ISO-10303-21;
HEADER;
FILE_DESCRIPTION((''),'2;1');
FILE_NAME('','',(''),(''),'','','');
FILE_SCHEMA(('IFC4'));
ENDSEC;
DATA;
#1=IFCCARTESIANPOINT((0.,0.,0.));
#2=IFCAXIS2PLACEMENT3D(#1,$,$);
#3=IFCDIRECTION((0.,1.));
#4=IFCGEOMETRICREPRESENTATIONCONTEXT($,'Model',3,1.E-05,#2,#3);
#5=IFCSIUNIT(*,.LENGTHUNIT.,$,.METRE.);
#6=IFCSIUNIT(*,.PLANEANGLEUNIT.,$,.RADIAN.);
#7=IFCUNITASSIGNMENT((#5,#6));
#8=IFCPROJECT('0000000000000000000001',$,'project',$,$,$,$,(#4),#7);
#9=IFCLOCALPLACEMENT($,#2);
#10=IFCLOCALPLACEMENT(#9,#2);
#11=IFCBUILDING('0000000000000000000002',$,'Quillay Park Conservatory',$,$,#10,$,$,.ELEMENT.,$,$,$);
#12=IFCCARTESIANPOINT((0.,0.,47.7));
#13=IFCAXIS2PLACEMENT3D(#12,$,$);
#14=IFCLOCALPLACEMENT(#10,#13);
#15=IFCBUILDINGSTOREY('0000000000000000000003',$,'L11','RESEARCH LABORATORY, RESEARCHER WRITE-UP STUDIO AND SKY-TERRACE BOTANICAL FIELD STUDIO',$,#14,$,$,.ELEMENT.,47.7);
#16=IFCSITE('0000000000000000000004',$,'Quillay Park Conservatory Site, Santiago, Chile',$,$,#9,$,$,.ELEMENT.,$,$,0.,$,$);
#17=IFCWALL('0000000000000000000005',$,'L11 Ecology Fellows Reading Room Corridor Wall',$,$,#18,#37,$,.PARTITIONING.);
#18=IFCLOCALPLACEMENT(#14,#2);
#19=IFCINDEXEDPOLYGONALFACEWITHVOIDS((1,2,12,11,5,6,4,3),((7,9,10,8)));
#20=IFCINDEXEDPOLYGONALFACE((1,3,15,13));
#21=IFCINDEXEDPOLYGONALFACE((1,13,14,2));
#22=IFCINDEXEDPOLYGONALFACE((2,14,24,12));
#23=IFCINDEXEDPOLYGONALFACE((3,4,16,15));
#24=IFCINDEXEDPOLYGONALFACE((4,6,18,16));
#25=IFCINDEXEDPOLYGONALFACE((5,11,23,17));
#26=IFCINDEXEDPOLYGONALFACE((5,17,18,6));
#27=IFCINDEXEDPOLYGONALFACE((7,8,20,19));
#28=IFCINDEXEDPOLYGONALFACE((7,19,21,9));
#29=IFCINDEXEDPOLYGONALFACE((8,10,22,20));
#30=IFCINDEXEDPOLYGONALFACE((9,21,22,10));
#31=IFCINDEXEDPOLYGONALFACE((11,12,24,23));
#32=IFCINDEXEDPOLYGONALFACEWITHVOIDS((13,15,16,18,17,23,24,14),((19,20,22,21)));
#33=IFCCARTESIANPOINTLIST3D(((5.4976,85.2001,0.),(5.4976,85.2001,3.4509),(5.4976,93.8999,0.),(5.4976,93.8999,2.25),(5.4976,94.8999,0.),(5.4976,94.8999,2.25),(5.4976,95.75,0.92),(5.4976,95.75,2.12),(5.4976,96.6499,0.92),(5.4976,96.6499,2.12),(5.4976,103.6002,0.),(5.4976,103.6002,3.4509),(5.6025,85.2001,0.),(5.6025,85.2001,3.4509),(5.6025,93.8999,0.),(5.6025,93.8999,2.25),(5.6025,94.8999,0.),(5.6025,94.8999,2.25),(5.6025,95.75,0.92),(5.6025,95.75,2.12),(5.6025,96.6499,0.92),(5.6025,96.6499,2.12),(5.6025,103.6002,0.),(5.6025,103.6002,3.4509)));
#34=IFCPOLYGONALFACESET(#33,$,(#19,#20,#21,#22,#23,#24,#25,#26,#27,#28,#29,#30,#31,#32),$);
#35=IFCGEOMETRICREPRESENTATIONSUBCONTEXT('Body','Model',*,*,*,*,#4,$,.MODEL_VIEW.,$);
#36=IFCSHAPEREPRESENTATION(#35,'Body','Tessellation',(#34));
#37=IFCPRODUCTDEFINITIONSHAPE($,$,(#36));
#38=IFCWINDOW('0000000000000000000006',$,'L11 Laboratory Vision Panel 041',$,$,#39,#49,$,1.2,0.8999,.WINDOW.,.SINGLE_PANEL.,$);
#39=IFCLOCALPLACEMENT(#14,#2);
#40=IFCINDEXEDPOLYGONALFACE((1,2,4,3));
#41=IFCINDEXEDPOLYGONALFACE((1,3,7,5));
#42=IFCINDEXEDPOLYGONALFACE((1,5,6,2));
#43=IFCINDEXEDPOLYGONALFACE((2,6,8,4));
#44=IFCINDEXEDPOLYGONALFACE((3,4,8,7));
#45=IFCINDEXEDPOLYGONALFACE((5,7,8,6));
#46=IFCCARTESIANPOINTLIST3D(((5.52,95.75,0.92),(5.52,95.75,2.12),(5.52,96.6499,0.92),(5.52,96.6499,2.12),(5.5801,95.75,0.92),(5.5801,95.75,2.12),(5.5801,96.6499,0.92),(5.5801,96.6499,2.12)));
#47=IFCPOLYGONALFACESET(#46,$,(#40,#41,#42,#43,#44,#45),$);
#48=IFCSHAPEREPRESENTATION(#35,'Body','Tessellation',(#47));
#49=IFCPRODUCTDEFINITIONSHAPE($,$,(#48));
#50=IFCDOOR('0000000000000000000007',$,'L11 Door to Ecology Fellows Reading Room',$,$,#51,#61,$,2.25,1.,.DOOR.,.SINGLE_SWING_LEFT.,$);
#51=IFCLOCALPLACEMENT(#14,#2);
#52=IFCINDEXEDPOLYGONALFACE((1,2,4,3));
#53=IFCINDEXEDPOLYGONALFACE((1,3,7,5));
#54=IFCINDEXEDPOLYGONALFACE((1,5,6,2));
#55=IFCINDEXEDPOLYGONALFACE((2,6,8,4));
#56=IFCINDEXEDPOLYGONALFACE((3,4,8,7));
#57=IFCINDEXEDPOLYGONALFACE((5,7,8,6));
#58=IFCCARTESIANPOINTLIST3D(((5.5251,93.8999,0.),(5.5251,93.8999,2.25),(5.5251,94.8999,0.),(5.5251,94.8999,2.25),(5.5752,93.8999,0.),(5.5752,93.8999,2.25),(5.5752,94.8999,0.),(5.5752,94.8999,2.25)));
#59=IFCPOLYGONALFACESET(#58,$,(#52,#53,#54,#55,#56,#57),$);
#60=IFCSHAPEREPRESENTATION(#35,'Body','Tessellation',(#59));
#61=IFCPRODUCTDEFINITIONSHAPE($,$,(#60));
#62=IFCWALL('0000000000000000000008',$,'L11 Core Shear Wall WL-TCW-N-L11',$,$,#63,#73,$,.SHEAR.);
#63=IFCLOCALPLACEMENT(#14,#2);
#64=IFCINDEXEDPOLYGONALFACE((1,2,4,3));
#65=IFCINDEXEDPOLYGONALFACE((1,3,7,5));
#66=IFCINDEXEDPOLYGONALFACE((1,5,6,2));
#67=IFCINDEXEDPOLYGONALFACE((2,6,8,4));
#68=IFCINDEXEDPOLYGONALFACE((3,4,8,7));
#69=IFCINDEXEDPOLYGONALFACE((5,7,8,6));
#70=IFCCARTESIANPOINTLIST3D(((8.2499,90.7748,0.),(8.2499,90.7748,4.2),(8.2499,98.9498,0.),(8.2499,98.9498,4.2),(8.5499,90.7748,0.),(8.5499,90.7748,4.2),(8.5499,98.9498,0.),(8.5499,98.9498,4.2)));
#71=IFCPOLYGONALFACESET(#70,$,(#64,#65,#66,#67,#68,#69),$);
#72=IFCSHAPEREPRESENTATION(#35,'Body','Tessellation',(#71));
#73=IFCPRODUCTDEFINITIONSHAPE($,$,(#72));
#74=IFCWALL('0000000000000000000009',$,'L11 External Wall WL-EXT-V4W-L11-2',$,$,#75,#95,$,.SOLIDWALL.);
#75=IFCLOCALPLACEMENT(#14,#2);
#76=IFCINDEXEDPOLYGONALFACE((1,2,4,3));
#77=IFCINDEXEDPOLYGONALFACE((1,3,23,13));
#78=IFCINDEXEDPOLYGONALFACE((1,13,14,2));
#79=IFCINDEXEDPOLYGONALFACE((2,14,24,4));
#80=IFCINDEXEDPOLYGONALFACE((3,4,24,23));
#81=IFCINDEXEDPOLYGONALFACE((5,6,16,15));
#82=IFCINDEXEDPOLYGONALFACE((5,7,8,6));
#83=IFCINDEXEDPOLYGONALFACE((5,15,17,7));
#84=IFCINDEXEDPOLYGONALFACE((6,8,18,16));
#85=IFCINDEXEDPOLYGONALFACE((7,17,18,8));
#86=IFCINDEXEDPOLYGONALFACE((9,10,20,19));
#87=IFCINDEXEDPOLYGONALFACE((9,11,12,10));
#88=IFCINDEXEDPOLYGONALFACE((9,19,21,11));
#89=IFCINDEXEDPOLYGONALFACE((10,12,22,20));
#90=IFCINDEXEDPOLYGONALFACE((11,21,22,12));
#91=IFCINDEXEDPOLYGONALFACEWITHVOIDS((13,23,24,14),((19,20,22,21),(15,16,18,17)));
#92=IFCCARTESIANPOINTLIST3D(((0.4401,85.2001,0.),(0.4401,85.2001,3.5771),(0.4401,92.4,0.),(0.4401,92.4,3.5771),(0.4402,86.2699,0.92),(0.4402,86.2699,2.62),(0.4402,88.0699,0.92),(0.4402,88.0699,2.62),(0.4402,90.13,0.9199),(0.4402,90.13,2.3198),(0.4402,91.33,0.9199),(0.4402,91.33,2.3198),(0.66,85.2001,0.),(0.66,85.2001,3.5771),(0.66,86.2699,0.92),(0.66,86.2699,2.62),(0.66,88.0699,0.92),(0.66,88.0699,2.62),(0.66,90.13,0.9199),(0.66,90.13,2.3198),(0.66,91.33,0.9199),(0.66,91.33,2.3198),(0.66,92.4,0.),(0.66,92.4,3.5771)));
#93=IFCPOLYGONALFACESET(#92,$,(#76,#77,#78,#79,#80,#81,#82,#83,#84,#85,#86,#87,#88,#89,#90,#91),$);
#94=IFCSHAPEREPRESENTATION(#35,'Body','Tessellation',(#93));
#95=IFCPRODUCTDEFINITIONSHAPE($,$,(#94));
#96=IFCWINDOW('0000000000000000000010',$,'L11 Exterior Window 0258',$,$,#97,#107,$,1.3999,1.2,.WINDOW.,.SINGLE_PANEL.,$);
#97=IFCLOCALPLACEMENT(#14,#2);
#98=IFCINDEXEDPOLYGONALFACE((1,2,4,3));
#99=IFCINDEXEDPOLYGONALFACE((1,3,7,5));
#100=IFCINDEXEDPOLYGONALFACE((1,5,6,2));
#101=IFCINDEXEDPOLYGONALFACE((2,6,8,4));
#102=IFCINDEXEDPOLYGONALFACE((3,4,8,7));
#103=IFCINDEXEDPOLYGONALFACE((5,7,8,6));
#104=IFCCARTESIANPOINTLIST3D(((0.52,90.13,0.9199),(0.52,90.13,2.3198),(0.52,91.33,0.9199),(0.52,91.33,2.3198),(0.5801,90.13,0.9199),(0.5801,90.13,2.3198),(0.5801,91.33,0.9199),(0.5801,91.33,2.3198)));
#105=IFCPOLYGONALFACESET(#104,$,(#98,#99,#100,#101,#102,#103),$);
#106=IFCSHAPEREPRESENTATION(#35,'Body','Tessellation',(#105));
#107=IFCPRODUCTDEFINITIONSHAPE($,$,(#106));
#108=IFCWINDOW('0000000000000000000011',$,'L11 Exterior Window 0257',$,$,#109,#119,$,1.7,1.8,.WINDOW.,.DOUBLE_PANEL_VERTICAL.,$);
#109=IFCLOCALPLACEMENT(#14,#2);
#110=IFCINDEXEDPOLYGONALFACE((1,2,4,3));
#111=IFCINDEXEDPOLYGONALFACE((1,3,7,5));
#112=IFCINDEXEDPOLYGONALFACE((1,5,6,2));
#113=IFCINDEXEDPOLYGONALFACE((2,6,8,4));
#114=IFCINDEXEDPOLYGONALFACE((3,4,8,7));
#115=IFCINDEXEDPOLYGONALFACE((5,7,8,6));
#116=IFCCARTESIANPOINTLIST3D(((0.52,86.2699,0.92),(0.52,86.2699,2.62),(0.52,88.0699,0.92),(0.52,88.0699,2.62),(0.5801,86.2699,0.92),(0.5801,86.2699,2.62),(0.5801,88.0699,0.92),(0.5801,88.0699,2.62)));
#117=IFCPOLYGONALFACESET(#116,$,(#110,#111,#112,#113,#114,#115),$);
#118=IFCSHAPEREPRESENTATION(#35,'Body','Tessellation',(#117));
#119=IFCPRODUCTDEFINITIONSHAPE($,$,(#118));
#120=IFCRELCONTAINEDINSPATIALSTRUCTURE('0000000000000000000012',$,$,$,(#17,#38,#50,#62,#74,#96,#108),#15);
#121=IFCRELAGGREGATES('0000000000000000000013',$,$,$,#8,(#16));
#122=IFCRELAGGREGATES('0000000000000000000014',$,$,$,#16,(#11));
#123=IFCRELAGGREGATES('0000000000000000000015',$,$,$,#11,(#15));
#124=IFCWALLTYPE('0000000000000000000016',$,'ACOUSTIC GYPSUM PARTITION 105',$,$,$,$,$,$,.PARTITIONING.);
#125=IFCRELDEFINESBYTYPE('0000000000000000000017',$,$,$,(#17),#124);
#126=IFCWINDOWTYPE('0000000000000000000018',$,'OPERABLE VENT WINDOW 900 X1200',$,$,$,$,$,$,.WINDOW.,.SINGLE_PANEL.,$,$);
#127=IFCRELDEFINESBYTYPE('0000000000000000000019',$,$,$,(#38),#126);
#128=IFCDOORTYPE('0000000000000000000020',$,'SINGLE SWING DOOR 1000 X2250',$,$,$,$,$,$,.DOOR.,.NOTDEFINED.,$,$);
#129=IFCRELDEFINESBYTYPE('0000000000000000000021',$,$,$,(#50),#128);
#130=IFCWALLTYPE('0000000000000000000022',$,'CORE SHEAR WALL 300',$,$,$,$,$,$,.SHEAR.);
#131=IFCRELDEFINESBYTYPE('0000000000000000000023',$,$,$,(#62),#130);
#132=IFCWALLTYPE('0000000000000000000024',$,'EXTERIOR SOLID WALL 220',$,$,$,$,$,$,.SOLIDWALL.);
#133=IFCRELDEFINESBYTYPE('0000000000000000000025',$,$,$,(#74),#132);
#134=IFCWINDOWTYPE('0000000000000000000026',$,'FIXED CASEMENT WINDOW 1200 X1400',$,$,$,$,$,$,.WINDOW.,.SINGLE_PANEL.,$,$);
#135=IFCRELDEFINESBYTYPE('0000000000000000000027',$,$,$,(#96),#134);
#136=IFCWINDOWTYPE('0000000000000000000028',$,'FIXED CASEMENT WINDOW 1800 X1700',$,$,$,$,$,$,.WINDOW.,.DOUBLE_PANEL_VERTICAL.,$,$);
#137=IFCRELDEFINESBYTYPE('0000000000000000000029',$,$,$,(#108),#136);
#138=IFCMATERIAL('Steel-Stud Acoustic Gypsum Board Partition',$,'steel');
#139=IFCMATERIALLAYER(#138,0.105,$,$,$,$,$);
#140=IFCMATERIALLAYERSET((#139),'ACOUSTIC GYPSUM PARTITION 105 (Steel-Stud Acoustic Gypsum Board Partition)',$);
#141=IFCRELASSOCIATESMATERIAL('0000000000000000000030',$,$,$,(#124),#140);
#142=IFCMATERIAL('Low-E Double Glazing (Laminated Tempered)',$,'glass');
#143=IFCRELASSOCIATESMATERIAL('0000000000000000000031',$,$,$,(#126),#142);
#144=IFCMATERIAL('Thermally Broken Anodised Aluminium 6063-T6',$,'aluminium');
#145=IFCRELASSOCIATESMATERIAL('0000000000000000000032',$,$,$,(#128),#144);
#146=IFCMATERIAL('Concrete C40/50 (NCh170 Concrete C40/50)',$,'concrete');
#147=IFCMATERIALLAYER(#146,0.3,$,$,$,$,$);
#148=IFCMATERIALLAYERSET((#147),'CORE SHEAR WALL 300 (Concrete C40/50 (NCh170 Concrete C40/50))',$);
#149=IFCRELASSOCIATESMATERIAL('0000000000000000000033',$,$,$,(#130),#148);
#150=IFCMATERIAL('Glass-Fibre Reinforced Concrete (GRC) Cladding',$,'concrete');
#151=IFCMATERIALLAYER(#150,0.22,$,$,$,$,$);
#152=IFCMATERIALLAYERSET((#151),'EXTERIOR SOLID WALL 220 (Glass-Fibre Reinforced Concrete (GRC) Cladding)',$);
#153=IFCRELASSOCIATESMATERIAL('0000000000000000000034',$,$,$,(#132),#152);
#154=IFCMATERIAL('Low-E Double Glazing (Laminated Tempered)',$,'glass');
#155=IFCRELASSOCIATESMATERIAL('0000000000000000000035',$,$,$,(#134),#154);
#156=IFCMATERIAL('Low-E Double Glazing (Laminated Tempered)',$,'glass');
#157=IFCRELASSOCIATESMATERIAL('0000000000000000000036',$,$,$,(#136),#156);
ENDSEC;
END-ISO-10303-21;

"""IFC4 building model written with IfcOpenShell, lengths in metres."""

from ifc_helpers import new_model, si_unit, direction, frame, frame_2d, origin, place, context, subcontext, project, spatial, rectangle, extrude, material, layer, layer_set, type_object, element, fill, save


model = new_model("IFC4")

# Units and contexts
model_context = context("Model", 3, precision=1e-05, world=origin(), true_north=direction((0.0, 1.0)))
body_context = subcontext(model_context, "Body", "Model", "MODEL_VIEW")
ifc_project = project(units=[si_unit("LENGTHUNIT", "METRE"), si_unit("PLANEANGLEUNIT", "RADIAN")], contexts=[model_context])

# Site, building, storey
site_placement = place(None, origin())
site = spatial("IfcSite", under=ifc_project, at=site_placement, Name="Quillay Park Conservatory Site, Santiago, Chile", CompositionType="ELEMENT", RefElevation=0.0)
building_placement = place(site_placement, origin())
building = spatial("IfcBuilding", under=site, at=building_placement, Name="Quillay Park Conservatory", CompositionType="ELEMENT")
storey_placement = place(building_placement, frame((0.0, 0.0, 47.7)))
storey = spatial("IfcBuildingStorey", under=building, at=storey_placement, Name="L11", Description="RESEARCH LABORATORY, RESEARCHER WRITE-UP STUDIO AND SKY-TERRACE BOTANICAL FIELD STUDIO", CompositionType="ELEMENT", Elevation=47.7)

# Wall, openings, window, door
ifc_material_1 = material(Name="Steel-Stud Acoustic Gypsum Board Partition", Category="steel")
ifc_layer_1 = layer(ifc_material_1, 0.105)
ifc_layer_set_1 = layer_set([ifc_layer_1], Name="ACOUSTIC GYPSUM PARTITION 105 (Steel-Stud Acoustic Gypsum Board Partition)")
wall_type_1 = type_object("IfcWallType", Name="ACOUSTIC GYPSUM PARTITION 105", PredefinedType="PARTITIONING", material=ifc_layer_set_1)
wall_1_placement = place(storey_placement, frame((5.55, 85.2, 0.0), z_axis=(0.0, 0.0, 1.0), x_axis=(0.0, 1.0, 0.0)))
wall_1 = element("IfcWall", 1, at=wall_1_placement, inside=storey, type_object=wall_type_1, Name="L11 Ecology Fellows Reading Room Corridor Wall", PredefinedType="PARTITIONING", context=body_context, shape_type="SweptSolid", body=[
    extrude(rectangle(XDim=18.4001, YDim=0.105, at=frame_2d((9.2002, 0.0))), origin(), (0.0, 0.0, 1.0), 3.4509),
])
opening_1_placement = place(wall_1_placement, frame((8.7, 0.0, 0.0)))
opening_1 = element("IfcOpeningElement", 2, at=opening_1_placement, cuts=wall_1, PredefinedType="OPENING", context=body_context, shape_type="SweptSolid", body=[
    extrude(rectangle(XDim=1.0, YDim=2.25, at=frame_2d((0.5, 1.125))), frame((0.0, 0.0525, 0.0), z_axis=(0.0, -1.0, 0.0), x_axis=(1.0, 0.0, 0.0)), (0.0, 0.0, 1.0), 0.105),
])
opening_2_placement = place(wall_1_placement, frame((10.55, 0.0, 0.9199)))
opening_2 = element("IfcOpeningElement", 3, at=opening_2_placement, cuts=wall_1, PredefinedType="OPENING", context=body_context, shape_type="SweptSolid", body=[
    extrude(rectangle(XDim=0.8999, YDim=1.2, at=frame_2d((0.45, 0.6001))), frame((0.0, 0.0525, 0.0), z_axis=(0.0, -1.0, 0.0), x_axis=(1.0, 0.0, 0.0)), (0.0, 0.0, 1.0), 0.105),
])
ifc_material_2 = material(Name="Low-E Double Glazing (Laminated Tempered)", Category="glass")
window_type_1 = type_object("IfcWindowType", Name="OPERABLE VENT WINDOW 900 X1200", PartitioningType="SINGLE_PANEL", PredefinedType="WINDOW", material=ifc_material_2)
window_1_placement = place(opening_2_placement, origin())
window_1 = element("IfcWindow", 4, at=window_1_placement, inside=storey, type_object=window_type_1, Name="L11 Laboratory Vision Panel 041", OverallHeight=1.2, OverallWidth=0.8999, PartitioningType="SINGLE_PANEL", PredefinedType="WINDOW", context=body_context, shape_type="SweptSolid", body=[
    extrude(rectangle(XDim=0.8999, YDim=1.2, at=frame_2d((0.45, 0.6001))), frame((0.0, 0.03, 0.0), z_axis=(0.0, -1.0, 0.0), x_axis=(1.0, 0.0, 0.0)), (0.0, 0.0, 1.0), 0.0601),
])
fill(opening_2, window_1)
ifc_material_3 = material(Name="Thermally Broken Anodised Aluminium 6063-T6", Category="aluminium")
door_type_1 = type_object("IfcDoorType", Name="SINGLE SWING DOOR 1000 X2250", OperationType="NOTDEFINED", PredefinedType="DOOR", material=ifc_material_3)
door_1_placement = place(opening_1_placement, origin())
door_1 = element("IfcDoor", 5, at=door_1_placement, inside=storey, type_object=door_type_1, Name="L11 Door to Ecology Fellows Reading Room", OperationType="SINGLE_SWING_LEFT", OverallHeight=2.25, OverallWidth=1.0, PredefinedType="DOOR", context=body_context, shape_type="SweptSolid", body=[
    extrude(rectangle(XDim=1.0, YDim=2.25, at=frame_2d((0.5, 1.125))), frame((0.0, 0.0249, 0.0), z_axis=(0.0, -1.0, 0.0), x_axis=(1.0, 0.0, 0.0)), (0.0, 0.0, 1.0), 0.05),
])
fill(opening_1, door_1)

# Wall
ifc_material_4 = material(Name="Concrete C40/50 (NCh170 Concrete C40/50)", Category="concrete")
ifc_layer_2 = layer(ifc_material_4, 0.3)
ifc_layer_set_2 = layer_set([ifc_layer_2], Name="CORE SHEAR WALL 300 (Concrete C40/50 (NCh170 Concrete C40/50))")
wall_type_2 = type_object("IfcWallType", Name="CORE SHEAR WALL 300", PredefinedType="SHEAR", material=ifc_layer_set_2)
wall_2_placement = place(storey_placement, frame((8.3999, 90.7749, 0.0), z_axis=(0.0, 0.0, 1.0), x_axis=(0.0, 1.0, 0.0)))
element("IfcWall", 6, at=wall_2_placement, inside=storey, type_object=wall_type_2, Name="L11 Core Shear Wall WL-TCW-N-L11", PredefinedType="SHEAR", context=body_context, shape_type="SweptSolid", body=[
    extrude(rectangle(XDim=8.175, YDim=0.3, at=frame_2d((4.0874, 0.0))), origin(), (0.0, 0.0, 1.0), 4.2),
])

# Wall, openings, windows
ifc_material_5 = material(Name="Glass-Fibre Reinforced Concrete (GRC) Cladding", Category="concrete")
ifc_layer_3 = layer(ifc_material_5, 0.22)
ifc_layer_set_3 = layer_set([ifc_layer_3], Name="EXTERIOR SOLID WALL 220 (Glass-Fibre Reinforced Concrete (GRC) Cladding)")
wall_type_3 = type_object("IfcWallType", Name="EXTERIOR SOLID WALL 220", PredefinedType="SOLIDWALL", material=ifc_layer_set_3)
wall_3_placement = place(storey_placement, frame((0.55, 85.2, 0.0), z_axis=(0.0, 0.0, 1.0), x_axis=(0.0, 1.0, 0.0)))
wall_3 = element("IfcWall", 7, at=wall_3_placement, inside=storey, type_object=wall_type_3, Name="L11 External Wall WL-EXT-V4W-L11-2", PredefinedType="SOLIDWALL", context=body_context, shape_type="SweptSolid", body=[
    extrude(rectangle(XDim=7.2, YDim=0.22, at=frame_2d((3.6001, 0.0))), origin(), (0.0, 0.0, 1.0), 3.5771),
])
opening_3_placement = place(wall_3_placement, frame((1.0701, 0.0, 0.9199)))
opening_3 = element("IfcOpeningElement", 8, at=opening_3_placement, cuts=wall_3, PredefinedType="OPENING", context=body_context, shape_type="SweptSolid", body=[
    extrude(rectangle(XDim=1.8, YDim=1.7, at=frame_2d((0.8999, 0.8501))), frame((0.0, 0.1099, 0.0), z_axis=(0.0, -1.0, 0.0), x_axis=(1.0, 0.0, 0.0)), (0.0, 0.0, 1.0), 0.22),
])
opening_4_placement = place(wall_3_placement, frame((4.9299, 0.0, 0.9199)))
opening_4 = element("IfcOpeningElement", 9, at=opening_4_placement, cuts=wall_3, PredefinedType="OPENING", context=body_context, shape_type="SweptSolid", body=[
    extrude(rectangle(XDim=1.2, YDim=1.3999, at=frame_2d((0.6001, 0.7))), frame((0.0, 0.1099, 0.0), z_axis=(0.0, -1.0, 0.0), x_axis=(1.0, 0.0, 0.0)), (0.0, 0.0, 1.0), 0.22),
])
ifc_material_6 = material(Name="Low-E Double Glazing (Laminated Tempered)", Category="glass")
window_type_2 = type_object("IfcWindowType", Name="FIXED CASEMENT WINDOW 1200 X1400", PartitioningType="SINGLE_PANEL", PredefinedType="WINDOW", material=ifc_material_6)
window_2_placement = place(opening_4_placement, origin())
window_2 = element("IfcWindow", 10, at=window_2_placement, inside=storey, type_object=window_type_2, Name="L11 Exterior Window 0258", OverallHeight=1.3999, OverallWidth=1.2, PartitioningType="SINGLE_PANEL", PredefinedType="WINDOW", context=body_context, shape_type="SweptSolid", body=[
    extrude(rectangle(XDim=1.2, YDim=1.3999, at=frame_2d((0.6001, 0.7))), frame((0.0, 0.03, 0.0), z_axis=(0.0, -1.0, 0.0), x_axis=(1.0, 0.0, 0.0)), (0.0, 0.0, 1.0), 0.0601),
])
fill(opening_4, window_2)
ifc_material_7 = material(Name="Low-E Double Glazing (Laminated Tempered)", Category="glass")
window_type_3 = type_object("IfcWindowType", Name="FIXED CASEMENT WINDOW 1800 X1700", PartitioningType="DOUBLE_PANEL_VERTICAL", PredefinedType="WINDOW", material=ifc_material_7)
window_3_placement = place(opening_3_placement, origin())
window_3 = element("IfcWindow", 11, at=window_3_placement, inside=storey, type_object=window_type_3, Name="L11 Exterior Window 0257", OverallHeight=1.7, OverallWidth=1.8, PartitioningType="DOUBLE_PANEL_VERTICAL", PredefinedType="WINDOW", context=body_context, shape_type="SweptSolid", body=[
    extrude(rectangle(XDim=1.8, YDim=1.7, at=frame_2d((0.8999, 0.8501))), frame((0.0, 0.03, 0.0), z_axis=(0.0, -1.0, 0.0), x_axis=(1.0, 0.0, 0.0)), (0.0, 0.0, 1.0), 0.0601),
])
fill(opening_3, window_3)

save(model, "model.ifc")
